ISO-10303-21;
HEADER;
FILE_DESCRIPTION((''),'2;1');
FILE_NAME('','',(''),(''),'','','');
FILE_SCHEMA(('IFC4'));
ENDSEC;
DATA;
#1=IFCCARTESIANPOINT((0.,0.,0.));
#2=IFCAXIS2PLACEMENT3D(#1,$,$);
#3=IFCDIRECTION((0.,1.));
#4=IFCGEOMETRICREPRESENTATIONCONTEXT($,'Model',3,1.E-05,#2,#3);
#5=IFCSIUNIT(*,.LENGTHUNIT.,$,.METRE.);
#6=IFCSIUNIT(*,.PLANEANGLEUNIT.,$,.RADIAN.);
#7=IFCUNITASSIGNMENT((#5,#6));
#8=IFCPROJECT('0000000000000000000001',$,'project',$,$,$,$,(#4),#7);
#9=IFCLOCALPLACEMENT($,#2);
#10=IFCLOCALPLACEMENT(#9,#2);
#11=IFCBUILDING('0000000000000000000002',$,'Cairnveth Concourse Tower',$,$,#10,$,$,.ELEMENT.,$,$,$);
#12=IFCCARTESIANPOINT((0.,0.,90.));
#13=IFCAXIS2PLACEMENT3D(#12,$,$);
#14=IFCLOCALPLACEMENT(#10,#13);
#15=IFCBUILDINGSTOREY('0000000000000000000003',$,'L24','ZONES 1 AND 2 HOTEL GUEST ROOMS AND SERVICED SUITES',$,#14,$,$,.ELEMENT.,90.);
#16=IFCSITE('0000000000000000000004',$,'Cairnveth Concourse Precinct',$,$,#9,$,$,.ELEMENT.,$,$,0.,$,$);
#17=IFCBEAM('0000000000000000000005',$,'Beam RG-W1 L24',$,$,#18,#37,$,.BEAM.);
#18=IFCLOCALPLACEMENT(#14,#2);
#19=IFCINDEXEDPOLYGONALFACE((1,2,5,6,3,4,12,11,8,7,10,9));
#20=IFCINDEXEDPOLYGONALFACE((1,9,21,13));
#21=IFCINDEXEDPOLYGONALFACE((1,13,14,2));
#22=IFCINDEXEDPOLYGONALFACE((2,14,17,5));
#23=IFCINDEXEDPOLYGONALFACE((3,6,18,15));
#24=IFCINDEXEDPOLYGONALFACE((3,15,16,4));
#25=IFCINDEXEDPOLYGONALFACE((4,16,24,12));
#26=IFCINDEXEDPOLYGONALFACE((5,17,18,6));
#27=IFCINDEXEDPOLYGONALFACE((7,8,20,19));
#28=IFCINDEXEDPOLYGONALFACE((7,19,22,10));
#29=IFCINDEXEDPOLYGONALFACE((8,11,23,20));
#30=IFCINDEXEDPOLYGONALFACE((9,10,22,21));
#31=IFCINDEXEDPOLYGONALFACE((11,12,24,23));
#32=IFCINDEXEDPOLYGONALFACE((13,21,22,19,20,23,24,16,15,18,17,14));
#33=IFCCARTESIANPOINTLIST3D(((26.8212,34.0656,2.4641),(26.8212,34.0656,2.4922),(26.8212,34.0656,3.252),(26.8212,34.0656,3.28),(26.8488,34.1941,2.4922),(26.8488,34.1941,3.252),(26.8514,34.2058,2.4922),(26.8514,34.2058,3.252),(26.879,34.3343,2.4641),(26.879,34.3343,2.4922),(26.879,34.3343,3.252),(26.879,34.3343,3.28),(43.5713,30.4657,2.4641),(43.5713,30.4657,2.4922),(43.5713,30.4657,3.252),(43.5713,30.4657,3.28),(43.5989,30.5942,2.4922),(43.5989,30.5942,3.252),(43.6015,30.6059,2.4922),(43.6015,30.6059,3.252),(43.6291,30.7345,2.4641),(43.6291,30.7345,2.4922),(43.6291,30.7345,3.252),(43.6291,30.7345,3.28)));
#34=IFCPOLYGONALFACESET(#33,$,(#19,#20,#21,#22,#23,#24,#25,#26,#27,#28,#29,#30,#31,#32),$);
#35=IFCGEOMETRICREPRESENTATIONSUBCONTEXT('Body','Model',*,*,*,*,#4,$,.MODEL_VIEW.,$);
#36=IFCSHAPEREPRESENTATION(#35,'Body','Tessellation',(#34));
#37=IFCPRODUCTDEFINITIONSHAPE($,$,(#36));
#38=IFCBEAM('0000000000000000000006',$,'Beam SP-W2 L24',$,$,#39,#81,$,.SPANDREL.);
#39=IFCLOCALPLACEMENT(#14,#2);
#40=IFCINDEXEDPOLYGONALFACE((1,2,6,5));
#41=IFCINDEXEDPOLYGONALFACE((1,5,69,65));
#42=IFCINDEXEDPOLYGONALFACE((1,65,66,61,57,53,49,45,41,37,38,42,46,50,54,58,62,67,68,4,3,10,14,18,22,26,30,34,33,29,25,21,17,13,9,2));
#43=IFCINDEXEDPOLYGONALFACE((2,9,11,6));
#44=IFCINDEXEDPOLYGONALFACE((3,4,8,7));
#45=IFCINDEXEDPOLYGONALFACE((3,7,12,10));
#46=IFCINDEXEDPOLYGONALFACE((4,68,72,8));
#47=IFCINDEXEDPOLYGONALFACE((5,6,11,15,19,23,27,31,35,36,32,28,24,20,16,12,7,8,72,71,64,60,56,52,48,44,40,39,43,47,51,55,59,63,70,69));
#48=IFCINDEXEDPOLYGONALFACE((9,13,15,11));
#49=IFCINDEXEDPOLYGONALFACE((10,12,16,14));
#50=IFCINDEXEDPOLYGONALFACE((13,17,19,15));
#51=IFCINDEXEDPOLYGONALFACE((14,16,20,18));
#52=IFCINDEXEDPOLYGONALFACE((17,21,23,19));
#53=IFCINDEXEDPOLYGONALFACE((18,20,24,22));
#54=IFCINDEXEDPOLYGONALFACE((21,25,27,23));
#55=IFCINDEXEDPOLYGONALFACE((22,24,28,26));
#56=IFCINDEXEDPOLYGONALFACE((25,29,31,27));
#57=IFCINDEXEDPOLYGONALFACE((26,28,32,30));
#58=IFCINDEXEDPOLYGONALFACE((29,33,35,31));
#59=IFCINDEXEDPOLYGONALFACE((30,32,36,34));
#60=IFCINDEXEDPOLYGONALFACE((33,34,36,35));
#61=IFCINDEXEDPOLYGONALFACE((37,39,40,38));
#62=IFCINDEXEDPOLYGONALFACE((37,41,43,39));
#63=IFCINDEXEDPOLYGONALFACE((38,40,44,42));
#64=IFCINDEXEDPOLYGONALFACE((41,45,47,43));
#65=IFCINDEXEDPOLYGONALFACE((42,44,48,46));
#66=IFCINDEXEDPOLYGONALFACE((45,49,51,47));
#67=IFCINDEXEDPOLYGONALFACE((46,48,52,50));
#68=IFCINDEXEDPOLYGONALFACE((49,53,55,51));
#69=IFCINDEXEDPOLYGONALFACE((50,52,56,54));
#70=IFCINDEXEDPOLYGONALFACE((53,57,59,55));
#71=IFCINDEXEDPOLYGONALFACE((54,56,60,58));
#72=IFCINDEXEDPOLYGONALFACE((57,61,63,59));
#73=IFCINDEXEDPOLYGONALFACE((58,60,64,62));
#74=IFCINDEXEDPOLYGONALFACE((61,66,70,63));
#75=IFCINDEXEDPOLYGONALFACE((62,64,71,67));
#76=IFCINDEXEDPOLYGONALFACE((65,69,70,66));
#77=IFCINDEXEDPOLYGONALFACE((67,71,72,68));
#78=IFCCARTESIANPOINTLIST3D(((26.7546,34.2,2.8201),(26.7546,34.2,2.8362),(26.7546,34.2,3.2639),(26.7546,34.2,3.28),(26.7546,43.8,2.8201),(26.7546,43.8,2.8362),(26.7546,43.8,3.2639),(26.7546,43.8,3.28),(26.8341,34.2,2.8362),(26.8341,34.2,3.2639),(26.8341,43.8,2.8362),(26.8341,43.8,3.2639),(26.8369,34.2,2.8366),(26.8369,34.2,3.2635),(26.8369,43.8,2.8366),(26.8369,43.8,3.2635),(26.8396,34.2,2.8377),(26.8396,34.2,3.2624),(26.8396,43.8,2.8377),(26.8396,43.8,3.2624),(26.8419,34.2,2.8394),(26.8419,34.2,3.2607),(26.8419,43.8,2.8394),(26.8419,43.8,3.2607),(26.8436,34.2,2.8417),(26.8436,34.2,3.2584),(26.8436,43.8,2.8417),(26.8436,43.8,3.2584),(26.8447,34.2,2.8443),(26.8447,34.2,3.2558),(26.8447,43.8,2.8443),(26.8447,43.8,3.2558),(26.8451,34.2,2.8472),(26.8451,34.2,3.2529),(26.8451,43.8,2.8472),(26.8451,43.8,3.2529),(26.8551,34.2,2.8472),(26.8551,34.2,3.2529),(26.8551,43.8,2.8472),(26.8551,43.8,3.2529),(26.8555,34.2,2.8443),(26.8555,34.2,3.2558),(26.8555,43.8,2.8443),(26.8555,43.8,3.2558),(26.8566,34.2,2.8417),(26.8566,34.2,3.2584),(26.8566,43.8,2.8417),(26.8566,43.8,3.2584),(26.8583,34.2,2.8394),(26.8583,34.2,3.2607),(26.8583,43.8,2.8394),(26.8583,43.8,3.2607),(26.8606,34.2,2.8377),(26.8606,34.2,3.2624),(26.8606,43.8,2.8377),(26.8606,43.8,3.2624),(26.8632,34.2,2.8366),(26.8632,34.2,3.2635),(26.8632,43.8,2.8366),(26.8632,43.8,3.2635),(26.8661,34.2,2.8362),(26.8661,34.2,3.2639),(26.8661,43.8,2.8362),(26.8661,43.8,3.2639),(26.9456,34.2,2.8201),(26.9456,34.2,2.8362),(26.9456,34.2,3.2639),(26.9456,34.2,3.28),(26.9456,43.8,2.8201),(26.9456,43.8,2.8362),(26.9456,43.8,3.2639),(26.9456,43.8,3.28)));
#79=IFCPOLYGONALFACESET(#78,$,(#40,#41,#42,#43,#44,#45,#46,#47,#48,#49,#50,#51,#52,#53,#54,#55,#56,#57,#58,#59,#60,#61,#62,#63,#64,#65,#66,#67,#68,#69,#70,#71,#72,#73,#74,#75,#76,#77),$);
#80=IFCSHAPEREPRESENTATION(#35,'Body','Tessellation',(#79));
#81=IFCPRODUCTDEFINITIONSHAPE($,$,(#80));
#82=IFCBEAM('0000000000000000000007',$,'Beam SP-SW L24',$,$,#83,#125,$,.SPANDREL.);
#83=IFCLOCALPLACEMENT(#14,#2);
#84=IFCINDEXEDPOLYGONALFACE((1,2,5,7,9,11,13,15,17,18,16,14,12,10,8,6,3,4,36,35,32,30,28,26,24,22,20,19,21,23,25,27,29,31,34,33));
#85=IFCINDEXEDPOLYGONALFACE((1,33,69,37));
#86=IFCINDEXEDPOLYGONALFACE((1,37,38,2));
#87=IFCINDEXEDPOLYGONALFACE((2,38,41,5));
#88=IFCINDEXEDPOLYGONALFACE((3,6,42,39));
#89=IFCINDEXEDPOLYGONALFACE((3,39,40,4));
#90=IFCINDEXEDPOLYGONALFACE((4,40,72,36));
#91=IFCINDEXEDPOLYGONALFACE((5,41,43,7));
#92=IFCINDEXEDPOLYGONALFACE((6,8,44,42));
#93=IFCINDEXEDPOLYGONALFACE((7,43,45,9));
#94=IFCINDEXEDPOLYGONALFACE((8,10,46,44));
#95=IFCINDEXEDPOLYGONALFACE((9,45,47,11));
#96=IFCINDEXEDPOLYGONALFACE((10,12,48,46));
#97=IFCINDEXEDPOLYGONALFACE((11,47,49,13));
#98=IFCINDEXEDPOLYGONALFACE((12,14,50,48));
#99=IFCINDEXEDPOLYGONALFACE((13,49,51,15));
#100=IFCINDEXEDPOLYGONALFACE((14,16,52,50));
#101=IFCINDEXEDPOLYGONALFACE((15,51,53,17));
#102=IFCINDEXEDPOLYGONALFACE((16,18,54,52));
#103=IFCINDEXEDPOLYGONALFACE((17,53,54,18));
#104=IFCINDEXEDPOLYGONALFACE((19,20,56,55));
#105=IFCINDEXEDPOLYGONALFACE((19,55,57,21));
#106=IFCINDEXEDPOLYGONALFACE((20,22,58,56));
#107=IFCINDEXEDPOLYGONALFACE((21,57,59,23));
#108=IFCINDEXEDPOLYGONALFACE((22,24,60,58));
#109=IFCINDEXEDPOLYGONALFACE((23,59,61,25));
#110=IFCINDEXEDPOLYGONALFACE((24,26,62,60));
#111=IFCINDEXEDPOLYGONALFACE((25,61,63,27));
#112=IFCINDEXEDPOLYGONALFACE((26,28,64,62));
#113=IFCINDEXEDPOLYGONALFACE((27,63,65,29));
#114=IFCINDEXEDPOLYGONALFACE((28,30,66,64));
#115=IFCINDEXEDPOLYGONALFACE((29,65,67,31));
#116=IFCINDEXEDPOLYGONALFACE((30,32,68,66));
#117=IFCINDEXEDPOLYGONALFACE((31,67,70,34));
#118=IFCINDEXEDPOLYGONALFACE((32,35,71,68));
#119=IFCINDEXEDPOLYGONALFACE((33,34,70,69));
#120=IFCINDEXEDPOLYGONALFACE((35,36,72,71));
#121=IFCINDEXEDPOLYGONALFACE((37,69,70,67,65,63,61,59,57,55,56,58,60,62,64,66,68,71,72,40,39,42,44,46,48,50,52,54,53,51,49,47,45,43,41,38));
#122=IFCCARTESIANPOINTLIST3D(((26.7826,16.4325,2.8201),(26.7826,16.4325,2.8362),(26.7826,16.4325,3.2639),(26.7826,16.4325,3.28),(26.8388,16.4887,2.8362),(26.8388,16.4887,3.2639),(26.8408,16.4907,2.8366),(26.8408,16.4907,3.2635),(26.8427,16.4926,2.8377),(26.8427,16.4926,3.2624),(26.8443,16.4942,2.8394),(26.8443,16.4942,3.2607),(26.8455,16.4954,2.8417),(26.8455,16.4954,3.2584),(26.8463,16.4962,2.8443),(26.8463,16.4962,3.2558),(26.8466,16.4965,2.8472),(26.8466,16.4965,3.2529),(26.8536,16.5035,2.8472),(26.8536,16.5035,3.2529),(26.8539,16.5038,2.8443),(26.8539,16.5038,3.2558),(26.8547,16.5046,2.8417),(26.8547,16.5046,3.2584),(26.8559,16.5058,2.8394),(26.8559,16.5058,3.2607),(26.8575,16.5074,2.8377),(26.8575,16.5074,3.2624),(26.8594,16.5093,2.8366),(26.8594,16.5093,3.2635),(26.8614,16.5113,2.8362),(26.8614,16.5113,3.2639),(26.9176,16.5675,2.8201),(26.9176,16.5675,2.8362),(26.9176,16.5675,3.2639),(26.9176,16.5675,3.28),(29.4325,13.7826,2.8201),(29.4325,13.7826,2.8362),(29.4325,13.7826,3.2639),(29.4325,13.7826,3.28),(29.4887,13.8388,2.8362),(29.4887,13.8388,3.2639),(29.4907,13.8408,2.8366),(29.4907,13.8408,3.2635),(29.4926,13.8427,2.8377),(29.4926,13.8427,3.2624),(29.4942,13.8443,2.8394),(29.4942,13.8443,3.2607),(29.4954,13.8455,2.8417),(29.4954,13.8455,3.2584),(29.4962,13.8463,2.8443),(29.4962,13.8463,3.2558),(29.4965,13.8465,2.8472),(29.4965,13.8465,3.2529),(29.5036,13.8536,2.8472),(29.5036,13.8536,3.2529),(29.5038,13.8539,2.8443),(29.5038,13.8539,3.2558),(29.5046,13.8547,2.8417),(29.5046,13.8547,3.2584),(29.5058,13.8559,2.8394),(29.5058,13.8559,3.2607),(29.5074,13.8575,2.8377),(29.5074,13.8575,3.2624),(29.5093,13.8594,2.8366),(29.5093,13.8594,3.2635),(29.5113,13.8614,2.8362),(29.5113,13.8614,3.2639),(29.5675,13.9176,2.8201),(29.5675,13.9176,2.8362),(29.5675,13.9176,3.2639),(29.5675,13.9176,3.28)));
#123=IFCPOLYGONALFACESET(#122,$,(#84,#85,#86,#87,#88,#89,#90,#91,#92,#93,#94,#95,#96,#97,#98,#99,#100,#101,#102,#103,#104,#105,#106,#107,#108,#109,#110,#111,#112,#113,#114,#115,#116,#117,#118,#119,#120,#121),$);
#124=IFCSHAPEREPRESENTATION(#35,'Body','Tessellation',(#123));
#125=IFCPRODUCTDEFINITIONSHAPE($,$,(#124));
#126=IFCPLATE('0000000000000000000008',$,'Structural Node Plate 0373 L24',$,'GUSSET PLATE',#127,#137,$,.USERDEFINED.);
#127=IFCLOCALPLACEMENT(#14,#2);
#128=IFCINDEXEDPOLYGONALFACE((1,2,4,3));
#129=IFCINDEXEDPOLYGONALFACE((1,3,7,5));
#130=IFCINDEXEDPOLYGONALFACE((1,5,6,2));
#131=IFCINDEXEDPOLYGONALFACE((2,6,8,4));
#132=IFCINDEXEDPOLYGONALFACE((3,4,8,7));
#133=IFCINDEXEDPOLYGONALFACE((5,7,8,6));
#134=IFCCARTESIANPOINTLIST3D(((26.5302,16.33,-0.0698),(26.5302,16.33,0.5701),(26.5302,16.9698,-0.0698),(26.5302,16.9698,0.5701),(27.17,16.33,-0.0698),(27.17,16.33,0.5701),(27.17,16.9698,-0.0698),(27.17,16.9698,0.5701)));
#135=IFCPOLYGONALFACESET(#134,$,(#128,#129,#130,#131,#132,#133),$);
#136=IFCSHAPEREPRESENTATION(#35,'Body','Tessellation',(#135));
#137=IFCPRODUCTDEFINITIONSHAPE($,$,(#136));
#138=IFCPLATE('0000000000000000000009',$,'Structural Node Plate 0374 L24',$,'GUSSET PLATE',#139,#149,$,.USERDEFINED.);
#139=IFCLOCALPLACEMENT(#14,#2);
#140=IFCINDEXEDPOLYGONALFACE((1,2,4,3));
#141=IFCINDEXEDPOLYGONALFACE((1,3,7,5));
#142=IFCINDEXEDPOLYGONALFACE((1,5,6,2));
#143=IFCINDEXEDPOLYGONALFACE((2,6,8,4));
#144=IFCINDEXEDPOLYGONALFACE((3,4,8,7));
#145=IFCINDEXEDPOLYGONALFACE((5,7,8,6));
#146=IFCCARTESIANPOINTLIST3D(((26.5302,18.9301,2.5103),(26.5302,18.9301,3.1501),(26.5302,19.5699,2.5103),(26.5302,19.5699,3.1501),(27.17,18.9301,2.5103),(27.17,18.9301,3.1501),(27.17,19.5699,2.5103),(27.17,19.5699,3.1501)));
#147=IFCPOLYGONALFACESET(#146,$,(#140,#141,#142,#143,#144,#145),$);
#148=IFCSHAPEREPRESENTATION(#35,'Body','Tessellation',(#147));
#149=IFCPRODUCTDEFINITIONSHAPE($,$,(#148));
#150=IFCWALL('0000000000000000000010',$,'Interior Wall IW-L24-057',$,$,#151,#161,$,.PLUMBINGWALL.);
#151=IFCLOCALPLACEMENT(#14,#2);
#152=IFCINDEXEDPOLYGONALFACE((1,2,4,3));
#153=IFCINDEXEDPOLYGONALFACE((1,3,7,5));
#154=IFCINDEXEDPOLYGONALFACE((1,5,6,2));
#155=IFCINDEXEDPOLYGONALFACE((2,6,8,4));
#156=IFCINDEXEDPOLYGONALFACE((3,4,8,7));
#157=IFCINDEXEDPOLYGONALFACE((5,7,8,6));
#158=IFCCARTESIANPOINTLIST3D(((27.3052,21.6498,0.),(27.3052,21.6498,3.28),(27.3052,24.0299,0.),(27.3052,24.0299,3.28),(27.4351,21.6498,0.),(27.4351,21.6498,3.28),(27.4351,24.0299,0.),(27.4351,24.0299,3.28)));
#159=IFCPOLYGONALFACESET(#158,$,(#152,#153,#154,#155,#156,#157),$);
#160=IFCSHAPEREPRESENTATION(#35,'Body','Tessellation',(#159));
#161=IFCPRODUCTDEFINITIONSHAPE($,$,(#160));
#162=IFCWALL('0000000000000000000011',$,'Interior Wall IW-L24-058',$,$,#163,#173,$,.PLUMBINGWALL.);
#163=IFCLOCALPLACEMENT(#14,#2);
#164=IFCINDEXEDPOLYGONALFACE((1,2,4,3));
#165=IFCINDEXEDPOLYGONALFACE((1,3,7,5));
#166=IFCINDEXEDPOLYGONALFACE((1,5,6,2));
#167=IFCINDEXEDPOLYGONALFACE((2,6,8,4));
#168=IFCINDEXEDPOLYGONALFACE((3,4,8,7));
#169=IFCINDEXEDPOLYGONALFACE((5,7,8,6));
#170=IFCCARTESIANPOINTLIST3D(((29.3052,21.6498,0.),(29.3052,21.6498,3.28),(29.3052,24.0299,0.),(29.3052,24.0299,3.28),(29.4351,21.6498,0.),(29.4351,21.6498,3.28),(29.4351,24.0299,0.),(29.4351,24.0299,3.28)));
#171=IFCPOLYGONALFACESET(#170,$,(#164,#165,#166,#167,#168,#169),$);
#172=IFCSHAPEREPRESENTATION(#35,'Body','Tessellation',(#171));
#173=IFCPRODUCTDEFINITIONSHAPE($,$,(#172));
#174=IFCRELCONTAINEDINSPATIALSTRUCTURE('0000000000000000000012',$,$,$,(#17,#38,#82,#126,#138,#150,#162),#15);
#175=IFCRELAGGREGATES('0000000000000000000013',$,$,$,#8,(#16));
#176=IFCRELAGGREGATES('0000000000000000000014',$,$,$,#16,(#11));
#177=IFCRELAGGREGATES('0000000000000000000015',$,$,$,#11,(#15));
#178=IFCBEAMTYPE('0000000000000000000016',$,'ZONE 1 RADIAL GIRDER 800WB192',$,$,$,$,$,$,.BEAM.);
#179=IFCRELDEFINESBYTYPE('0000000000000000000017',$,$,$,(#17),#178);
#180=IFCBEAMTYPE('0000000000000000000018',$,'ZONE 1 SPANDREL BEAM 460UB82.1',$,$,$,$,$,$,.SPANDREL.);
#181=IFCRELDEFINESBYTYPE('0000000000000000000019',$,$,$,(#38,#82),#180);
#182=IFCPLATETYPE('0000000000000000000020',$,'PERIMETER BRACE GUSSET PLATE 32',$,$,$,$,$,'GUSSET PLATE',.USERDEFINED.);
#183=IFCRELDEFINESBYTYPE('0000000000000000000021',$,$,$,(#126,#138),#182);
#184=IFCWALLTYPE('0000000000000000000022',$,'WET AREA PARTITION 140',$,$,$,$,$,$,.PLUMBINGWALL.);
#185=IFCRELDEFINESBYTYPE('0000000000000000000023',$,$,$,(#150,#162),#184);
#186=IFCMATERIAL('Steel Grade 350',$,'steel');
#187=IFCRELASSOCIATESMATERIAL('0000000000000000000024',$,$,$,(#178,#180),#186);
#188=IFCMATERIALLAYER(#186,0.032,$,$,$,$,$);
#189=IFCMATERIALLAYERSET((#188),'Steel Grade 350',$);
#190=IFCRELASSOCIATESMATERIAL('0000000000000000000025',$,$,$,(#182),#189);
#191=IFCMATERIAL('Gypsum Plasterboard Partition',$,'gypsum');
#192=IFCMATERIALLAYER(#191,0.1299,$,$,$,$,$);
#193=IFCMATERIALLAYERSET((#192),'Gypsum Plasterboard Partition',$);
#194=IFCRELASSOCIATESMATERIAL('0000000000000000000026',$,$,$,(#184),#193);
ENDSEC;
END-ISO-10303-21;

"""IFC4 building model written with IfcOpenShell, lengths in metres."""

from ifc_helpers import new_model, si_unit, direction, frame, frame_2d, origin, origin_2d, place, context, subcontext, project, spatial, rectangle, i_section, extrude, material, layer, layer_set, material_profile, profile_set, type_object, element, save


model = new_model("IFC4")

# Units and contexts
model_context = context("Model", 3, precision=1e-05, world=origin(), true_north=direction((0.0, 1.0)))
body_context = subcontext(model_context, "Body", "Model", "MODEL_VIEW")
ifc_project = project(units=[si_unit("LENGTHUNIT", "METRE"), si_unit("PLANEANGLEUNIT", "RADIAN")], contexts=[model_context])

# Site, building, storey
site_placement = place(None, origin())
site = spatial("IfcSite", under=ifc_project, at=site_placement, Name="Cairnveth Concourse Precinct", CompositionType="ELEMENT", RefElevation=0.0)
building_placement = place(site_placement, origin())
building = spatial("IfcBuilding", under=site, at=building_placement, Name="Cairnveth Concourse Tower", CompositionType="ELEMENT")
storey_placement = place(building_placement, frame((0.0, 0.0, 90.0)))
storey = spatial("IfcBuildingStorey", under=building, at=storey_placement, Name="L24", Description="ZONES 1 AND 2 HOTEL GUEST ROOMS AND SERVICED SUITES", CompositionType="ELEMENT", Elevation=90.0)

# Shared definitions
ifc_material_1 = material(Name="Steel Grade 350", Category="steel")

# Beams
ifc_material_profile_1 = material_profile(ifc_material_1, i_section(OverallWidth=0.2749, OverallDepth=0.8159, WebThickness=0.012, FlangeThickness=0.0281, at=origin_2d()), Name="800WB192")
ifc_profile_set_1 = profile_set([ifc_material_profile_1], Name="Steel Grade 350")
beam_type_1 = type_object("IfcBeamType", Name="ZONE 1 RADIAL GIRDER 800WB192", PredefinedType="BEAM", material=ifc_profile_set_1)
beam_1_placement = place(storey_placement, frame((26.8501, 34.2, 2.8721), z_axis=(0.977676, -0.210119, 0.0), x_axis=(0.210119, 0.977676, 0.0)))
element("IfcBeam", 1, at=beam_1_placement, inside=storey, type_object=beam_type_1, Name="Beam RG-W1 L24", PredefinedType="BEAM", context=body_context, shape_type="SweptSolid", body=[
    extrude(i_section(OverallWidth=0.2749, OverallDepth=0.8159, WebThickness=0.012, FlangeThickness=0.0281, at=origin_2d()), origin(), (0.0, 0.0, 1.0), 17.1326),
])
ifc_material_profile_2 = material_profile(ifc_material_1, i_section(OverallWidth=0.1909, OverallDepth=0.46, WebThickness=0.01, FlangeThickness=0.0161, FilletRadius=0.011, at=origin_2d()), Name="460UB82.1")
ifc_profile_set_2 = profile_set([ifc_material_profile_2], Name="Steel Grade 350")
beam_type_2 = type_object("IfcBeamType", Name="ZONE 1 SPANDREL BEAM 460UB82.1", PredefinedType="SPANDREL", material=ifc_profile_set_2)
beam_2_placement = place(storey_placement, frame((26.8501, 34.2, 3.05), z_axis=(0.0, 1.0, 0.0), x_axis=(-1.0, 0.0, 0.0)))
element("IfcBeam", 2, at=beam_2_placement, inside=storey, type_object=beam_type_2, Name="Beam SP-W2 L24", PredefinedType="SPANDREL", context=body_context, shape_type="SweptSolid", body=[
    extrude(i_section(OverallWidth=0.1909, OverallDepth=0.46, WebThickness=0.01, FlangeThickness=0.0161, FilletRadius=0.011, at=origin_2d()), origin(), (0.0, 0.0, 1.0), 9.6001),
])
beam_3_placement = place(storey_placement, frame((26.8501, 16.5, 3.05), z_axis=(0.707107, -0.707107, 0.0), x_axis=(0.707107, 0.707107, 0.0)))
element("IfcBeam", 3, at=beam_3_placement, inside=storey, type_object=beam_type_2, Name="Beam SP-SW L24", PredefinedType="SPANDREL", context=body_context, shape_type="SweptSolid", body=[
    extrude(i_section(OverallWidth=0.1909, OverallDepth=0.46, WebThickness=0.01, FlangeThickness=0.0161, FilletRadius=0.011, at=origin_2d()), origin(), (0.0, 0.0, 1.0), 3.7476),
])

# Plates
ifc_layer_1 = layer(ifc_material_1, 0.032)
ifc_layer_set_1 = layer_set([ifc_layer_1], Name="Steel Grade 350")
plate_type = type_object("IfcPlateType", Name="PERIMETER BRACE GUSSET PLATE 32", ElementType="GUSSET PLATE", PredefinedType="USERDEFINED", material=ifc_layer_set_1)
for number, where, z_axis, x_axis, name in (
    (4, (26.8501, 16.6499, -0.0698), (0.0, 0.0, 1.0), (1.0, 0.0, 0.0), "Structural Node Plate 0373 L24"),
    (5, (26.8501, 19.25, 2.5103), (0.0, 0.0, 1.0), (1.0, 0.0, 0.0), "Structural Node Plate 0374 L24"),
):
    element("IfcPlate", number, at=place(storey_placement, frame(where, z_axis=z_axis, x_axis=x_axis)), inside=storey, type_object=plate_type, Name=name, ObjectType="GUSSET PLATE", PredefinedType="USERDEFINED", context=body_context, shape_type="SweptSolid", body=[
        extrude(rectangle(XDim=0.6399, YDim=0.6399, at=origin_2d()), origin(), (0.0, 0.0, 1.0), 0.6399),
    ])

# Walls
ifc_material_2 = material(Name="Gypsum Plasterboard Partition", Category="gypsum")
ifc_layer_2 = layer(ifc_material_2, 0.1299)
ifc_layer_set_2 = layer_set([ifc_layer_2], Name="Gypsum Plasterboard Partition")
wall_type_1 = type_object("IfcWallType", Name="WET AREA PARTITION 140", PredefinedType="PLUMBINGWALL", material=ifc_layer_set_2)
for number, where, z_axis, x_axis, name in (
    (6, (27.3701, 21.6499, 0.0), (0.0, 0.0, 1.0), (0.0, 1.0, 0.0), "Interior Wall IW-L24-057"),
    (7, (29.3701, 21.6499, 0.0), (0.0, 0.0, 1.0), (0.0, 1.0, 0.0), "Interior Wall IW-L24-058"),
):
    element("IfcWall", number, at=place(storey_placement, frame(where, z_axis=z_axis, x_axis=x_axis)), inside=storey, type_object=wall_type_1, Name=name, PredefinedType="PLUMBINGWALL", context=body_context, shape_type="SweptSolid", body=[
        extrude(rectangle(XDim=2.3801, YDim=0.1299, at=frame_2d((1.1899, 0.0))), origin(), (0.0, 0.0, 1.0), 3.28),
    ])

save(model, "model.ifc")
